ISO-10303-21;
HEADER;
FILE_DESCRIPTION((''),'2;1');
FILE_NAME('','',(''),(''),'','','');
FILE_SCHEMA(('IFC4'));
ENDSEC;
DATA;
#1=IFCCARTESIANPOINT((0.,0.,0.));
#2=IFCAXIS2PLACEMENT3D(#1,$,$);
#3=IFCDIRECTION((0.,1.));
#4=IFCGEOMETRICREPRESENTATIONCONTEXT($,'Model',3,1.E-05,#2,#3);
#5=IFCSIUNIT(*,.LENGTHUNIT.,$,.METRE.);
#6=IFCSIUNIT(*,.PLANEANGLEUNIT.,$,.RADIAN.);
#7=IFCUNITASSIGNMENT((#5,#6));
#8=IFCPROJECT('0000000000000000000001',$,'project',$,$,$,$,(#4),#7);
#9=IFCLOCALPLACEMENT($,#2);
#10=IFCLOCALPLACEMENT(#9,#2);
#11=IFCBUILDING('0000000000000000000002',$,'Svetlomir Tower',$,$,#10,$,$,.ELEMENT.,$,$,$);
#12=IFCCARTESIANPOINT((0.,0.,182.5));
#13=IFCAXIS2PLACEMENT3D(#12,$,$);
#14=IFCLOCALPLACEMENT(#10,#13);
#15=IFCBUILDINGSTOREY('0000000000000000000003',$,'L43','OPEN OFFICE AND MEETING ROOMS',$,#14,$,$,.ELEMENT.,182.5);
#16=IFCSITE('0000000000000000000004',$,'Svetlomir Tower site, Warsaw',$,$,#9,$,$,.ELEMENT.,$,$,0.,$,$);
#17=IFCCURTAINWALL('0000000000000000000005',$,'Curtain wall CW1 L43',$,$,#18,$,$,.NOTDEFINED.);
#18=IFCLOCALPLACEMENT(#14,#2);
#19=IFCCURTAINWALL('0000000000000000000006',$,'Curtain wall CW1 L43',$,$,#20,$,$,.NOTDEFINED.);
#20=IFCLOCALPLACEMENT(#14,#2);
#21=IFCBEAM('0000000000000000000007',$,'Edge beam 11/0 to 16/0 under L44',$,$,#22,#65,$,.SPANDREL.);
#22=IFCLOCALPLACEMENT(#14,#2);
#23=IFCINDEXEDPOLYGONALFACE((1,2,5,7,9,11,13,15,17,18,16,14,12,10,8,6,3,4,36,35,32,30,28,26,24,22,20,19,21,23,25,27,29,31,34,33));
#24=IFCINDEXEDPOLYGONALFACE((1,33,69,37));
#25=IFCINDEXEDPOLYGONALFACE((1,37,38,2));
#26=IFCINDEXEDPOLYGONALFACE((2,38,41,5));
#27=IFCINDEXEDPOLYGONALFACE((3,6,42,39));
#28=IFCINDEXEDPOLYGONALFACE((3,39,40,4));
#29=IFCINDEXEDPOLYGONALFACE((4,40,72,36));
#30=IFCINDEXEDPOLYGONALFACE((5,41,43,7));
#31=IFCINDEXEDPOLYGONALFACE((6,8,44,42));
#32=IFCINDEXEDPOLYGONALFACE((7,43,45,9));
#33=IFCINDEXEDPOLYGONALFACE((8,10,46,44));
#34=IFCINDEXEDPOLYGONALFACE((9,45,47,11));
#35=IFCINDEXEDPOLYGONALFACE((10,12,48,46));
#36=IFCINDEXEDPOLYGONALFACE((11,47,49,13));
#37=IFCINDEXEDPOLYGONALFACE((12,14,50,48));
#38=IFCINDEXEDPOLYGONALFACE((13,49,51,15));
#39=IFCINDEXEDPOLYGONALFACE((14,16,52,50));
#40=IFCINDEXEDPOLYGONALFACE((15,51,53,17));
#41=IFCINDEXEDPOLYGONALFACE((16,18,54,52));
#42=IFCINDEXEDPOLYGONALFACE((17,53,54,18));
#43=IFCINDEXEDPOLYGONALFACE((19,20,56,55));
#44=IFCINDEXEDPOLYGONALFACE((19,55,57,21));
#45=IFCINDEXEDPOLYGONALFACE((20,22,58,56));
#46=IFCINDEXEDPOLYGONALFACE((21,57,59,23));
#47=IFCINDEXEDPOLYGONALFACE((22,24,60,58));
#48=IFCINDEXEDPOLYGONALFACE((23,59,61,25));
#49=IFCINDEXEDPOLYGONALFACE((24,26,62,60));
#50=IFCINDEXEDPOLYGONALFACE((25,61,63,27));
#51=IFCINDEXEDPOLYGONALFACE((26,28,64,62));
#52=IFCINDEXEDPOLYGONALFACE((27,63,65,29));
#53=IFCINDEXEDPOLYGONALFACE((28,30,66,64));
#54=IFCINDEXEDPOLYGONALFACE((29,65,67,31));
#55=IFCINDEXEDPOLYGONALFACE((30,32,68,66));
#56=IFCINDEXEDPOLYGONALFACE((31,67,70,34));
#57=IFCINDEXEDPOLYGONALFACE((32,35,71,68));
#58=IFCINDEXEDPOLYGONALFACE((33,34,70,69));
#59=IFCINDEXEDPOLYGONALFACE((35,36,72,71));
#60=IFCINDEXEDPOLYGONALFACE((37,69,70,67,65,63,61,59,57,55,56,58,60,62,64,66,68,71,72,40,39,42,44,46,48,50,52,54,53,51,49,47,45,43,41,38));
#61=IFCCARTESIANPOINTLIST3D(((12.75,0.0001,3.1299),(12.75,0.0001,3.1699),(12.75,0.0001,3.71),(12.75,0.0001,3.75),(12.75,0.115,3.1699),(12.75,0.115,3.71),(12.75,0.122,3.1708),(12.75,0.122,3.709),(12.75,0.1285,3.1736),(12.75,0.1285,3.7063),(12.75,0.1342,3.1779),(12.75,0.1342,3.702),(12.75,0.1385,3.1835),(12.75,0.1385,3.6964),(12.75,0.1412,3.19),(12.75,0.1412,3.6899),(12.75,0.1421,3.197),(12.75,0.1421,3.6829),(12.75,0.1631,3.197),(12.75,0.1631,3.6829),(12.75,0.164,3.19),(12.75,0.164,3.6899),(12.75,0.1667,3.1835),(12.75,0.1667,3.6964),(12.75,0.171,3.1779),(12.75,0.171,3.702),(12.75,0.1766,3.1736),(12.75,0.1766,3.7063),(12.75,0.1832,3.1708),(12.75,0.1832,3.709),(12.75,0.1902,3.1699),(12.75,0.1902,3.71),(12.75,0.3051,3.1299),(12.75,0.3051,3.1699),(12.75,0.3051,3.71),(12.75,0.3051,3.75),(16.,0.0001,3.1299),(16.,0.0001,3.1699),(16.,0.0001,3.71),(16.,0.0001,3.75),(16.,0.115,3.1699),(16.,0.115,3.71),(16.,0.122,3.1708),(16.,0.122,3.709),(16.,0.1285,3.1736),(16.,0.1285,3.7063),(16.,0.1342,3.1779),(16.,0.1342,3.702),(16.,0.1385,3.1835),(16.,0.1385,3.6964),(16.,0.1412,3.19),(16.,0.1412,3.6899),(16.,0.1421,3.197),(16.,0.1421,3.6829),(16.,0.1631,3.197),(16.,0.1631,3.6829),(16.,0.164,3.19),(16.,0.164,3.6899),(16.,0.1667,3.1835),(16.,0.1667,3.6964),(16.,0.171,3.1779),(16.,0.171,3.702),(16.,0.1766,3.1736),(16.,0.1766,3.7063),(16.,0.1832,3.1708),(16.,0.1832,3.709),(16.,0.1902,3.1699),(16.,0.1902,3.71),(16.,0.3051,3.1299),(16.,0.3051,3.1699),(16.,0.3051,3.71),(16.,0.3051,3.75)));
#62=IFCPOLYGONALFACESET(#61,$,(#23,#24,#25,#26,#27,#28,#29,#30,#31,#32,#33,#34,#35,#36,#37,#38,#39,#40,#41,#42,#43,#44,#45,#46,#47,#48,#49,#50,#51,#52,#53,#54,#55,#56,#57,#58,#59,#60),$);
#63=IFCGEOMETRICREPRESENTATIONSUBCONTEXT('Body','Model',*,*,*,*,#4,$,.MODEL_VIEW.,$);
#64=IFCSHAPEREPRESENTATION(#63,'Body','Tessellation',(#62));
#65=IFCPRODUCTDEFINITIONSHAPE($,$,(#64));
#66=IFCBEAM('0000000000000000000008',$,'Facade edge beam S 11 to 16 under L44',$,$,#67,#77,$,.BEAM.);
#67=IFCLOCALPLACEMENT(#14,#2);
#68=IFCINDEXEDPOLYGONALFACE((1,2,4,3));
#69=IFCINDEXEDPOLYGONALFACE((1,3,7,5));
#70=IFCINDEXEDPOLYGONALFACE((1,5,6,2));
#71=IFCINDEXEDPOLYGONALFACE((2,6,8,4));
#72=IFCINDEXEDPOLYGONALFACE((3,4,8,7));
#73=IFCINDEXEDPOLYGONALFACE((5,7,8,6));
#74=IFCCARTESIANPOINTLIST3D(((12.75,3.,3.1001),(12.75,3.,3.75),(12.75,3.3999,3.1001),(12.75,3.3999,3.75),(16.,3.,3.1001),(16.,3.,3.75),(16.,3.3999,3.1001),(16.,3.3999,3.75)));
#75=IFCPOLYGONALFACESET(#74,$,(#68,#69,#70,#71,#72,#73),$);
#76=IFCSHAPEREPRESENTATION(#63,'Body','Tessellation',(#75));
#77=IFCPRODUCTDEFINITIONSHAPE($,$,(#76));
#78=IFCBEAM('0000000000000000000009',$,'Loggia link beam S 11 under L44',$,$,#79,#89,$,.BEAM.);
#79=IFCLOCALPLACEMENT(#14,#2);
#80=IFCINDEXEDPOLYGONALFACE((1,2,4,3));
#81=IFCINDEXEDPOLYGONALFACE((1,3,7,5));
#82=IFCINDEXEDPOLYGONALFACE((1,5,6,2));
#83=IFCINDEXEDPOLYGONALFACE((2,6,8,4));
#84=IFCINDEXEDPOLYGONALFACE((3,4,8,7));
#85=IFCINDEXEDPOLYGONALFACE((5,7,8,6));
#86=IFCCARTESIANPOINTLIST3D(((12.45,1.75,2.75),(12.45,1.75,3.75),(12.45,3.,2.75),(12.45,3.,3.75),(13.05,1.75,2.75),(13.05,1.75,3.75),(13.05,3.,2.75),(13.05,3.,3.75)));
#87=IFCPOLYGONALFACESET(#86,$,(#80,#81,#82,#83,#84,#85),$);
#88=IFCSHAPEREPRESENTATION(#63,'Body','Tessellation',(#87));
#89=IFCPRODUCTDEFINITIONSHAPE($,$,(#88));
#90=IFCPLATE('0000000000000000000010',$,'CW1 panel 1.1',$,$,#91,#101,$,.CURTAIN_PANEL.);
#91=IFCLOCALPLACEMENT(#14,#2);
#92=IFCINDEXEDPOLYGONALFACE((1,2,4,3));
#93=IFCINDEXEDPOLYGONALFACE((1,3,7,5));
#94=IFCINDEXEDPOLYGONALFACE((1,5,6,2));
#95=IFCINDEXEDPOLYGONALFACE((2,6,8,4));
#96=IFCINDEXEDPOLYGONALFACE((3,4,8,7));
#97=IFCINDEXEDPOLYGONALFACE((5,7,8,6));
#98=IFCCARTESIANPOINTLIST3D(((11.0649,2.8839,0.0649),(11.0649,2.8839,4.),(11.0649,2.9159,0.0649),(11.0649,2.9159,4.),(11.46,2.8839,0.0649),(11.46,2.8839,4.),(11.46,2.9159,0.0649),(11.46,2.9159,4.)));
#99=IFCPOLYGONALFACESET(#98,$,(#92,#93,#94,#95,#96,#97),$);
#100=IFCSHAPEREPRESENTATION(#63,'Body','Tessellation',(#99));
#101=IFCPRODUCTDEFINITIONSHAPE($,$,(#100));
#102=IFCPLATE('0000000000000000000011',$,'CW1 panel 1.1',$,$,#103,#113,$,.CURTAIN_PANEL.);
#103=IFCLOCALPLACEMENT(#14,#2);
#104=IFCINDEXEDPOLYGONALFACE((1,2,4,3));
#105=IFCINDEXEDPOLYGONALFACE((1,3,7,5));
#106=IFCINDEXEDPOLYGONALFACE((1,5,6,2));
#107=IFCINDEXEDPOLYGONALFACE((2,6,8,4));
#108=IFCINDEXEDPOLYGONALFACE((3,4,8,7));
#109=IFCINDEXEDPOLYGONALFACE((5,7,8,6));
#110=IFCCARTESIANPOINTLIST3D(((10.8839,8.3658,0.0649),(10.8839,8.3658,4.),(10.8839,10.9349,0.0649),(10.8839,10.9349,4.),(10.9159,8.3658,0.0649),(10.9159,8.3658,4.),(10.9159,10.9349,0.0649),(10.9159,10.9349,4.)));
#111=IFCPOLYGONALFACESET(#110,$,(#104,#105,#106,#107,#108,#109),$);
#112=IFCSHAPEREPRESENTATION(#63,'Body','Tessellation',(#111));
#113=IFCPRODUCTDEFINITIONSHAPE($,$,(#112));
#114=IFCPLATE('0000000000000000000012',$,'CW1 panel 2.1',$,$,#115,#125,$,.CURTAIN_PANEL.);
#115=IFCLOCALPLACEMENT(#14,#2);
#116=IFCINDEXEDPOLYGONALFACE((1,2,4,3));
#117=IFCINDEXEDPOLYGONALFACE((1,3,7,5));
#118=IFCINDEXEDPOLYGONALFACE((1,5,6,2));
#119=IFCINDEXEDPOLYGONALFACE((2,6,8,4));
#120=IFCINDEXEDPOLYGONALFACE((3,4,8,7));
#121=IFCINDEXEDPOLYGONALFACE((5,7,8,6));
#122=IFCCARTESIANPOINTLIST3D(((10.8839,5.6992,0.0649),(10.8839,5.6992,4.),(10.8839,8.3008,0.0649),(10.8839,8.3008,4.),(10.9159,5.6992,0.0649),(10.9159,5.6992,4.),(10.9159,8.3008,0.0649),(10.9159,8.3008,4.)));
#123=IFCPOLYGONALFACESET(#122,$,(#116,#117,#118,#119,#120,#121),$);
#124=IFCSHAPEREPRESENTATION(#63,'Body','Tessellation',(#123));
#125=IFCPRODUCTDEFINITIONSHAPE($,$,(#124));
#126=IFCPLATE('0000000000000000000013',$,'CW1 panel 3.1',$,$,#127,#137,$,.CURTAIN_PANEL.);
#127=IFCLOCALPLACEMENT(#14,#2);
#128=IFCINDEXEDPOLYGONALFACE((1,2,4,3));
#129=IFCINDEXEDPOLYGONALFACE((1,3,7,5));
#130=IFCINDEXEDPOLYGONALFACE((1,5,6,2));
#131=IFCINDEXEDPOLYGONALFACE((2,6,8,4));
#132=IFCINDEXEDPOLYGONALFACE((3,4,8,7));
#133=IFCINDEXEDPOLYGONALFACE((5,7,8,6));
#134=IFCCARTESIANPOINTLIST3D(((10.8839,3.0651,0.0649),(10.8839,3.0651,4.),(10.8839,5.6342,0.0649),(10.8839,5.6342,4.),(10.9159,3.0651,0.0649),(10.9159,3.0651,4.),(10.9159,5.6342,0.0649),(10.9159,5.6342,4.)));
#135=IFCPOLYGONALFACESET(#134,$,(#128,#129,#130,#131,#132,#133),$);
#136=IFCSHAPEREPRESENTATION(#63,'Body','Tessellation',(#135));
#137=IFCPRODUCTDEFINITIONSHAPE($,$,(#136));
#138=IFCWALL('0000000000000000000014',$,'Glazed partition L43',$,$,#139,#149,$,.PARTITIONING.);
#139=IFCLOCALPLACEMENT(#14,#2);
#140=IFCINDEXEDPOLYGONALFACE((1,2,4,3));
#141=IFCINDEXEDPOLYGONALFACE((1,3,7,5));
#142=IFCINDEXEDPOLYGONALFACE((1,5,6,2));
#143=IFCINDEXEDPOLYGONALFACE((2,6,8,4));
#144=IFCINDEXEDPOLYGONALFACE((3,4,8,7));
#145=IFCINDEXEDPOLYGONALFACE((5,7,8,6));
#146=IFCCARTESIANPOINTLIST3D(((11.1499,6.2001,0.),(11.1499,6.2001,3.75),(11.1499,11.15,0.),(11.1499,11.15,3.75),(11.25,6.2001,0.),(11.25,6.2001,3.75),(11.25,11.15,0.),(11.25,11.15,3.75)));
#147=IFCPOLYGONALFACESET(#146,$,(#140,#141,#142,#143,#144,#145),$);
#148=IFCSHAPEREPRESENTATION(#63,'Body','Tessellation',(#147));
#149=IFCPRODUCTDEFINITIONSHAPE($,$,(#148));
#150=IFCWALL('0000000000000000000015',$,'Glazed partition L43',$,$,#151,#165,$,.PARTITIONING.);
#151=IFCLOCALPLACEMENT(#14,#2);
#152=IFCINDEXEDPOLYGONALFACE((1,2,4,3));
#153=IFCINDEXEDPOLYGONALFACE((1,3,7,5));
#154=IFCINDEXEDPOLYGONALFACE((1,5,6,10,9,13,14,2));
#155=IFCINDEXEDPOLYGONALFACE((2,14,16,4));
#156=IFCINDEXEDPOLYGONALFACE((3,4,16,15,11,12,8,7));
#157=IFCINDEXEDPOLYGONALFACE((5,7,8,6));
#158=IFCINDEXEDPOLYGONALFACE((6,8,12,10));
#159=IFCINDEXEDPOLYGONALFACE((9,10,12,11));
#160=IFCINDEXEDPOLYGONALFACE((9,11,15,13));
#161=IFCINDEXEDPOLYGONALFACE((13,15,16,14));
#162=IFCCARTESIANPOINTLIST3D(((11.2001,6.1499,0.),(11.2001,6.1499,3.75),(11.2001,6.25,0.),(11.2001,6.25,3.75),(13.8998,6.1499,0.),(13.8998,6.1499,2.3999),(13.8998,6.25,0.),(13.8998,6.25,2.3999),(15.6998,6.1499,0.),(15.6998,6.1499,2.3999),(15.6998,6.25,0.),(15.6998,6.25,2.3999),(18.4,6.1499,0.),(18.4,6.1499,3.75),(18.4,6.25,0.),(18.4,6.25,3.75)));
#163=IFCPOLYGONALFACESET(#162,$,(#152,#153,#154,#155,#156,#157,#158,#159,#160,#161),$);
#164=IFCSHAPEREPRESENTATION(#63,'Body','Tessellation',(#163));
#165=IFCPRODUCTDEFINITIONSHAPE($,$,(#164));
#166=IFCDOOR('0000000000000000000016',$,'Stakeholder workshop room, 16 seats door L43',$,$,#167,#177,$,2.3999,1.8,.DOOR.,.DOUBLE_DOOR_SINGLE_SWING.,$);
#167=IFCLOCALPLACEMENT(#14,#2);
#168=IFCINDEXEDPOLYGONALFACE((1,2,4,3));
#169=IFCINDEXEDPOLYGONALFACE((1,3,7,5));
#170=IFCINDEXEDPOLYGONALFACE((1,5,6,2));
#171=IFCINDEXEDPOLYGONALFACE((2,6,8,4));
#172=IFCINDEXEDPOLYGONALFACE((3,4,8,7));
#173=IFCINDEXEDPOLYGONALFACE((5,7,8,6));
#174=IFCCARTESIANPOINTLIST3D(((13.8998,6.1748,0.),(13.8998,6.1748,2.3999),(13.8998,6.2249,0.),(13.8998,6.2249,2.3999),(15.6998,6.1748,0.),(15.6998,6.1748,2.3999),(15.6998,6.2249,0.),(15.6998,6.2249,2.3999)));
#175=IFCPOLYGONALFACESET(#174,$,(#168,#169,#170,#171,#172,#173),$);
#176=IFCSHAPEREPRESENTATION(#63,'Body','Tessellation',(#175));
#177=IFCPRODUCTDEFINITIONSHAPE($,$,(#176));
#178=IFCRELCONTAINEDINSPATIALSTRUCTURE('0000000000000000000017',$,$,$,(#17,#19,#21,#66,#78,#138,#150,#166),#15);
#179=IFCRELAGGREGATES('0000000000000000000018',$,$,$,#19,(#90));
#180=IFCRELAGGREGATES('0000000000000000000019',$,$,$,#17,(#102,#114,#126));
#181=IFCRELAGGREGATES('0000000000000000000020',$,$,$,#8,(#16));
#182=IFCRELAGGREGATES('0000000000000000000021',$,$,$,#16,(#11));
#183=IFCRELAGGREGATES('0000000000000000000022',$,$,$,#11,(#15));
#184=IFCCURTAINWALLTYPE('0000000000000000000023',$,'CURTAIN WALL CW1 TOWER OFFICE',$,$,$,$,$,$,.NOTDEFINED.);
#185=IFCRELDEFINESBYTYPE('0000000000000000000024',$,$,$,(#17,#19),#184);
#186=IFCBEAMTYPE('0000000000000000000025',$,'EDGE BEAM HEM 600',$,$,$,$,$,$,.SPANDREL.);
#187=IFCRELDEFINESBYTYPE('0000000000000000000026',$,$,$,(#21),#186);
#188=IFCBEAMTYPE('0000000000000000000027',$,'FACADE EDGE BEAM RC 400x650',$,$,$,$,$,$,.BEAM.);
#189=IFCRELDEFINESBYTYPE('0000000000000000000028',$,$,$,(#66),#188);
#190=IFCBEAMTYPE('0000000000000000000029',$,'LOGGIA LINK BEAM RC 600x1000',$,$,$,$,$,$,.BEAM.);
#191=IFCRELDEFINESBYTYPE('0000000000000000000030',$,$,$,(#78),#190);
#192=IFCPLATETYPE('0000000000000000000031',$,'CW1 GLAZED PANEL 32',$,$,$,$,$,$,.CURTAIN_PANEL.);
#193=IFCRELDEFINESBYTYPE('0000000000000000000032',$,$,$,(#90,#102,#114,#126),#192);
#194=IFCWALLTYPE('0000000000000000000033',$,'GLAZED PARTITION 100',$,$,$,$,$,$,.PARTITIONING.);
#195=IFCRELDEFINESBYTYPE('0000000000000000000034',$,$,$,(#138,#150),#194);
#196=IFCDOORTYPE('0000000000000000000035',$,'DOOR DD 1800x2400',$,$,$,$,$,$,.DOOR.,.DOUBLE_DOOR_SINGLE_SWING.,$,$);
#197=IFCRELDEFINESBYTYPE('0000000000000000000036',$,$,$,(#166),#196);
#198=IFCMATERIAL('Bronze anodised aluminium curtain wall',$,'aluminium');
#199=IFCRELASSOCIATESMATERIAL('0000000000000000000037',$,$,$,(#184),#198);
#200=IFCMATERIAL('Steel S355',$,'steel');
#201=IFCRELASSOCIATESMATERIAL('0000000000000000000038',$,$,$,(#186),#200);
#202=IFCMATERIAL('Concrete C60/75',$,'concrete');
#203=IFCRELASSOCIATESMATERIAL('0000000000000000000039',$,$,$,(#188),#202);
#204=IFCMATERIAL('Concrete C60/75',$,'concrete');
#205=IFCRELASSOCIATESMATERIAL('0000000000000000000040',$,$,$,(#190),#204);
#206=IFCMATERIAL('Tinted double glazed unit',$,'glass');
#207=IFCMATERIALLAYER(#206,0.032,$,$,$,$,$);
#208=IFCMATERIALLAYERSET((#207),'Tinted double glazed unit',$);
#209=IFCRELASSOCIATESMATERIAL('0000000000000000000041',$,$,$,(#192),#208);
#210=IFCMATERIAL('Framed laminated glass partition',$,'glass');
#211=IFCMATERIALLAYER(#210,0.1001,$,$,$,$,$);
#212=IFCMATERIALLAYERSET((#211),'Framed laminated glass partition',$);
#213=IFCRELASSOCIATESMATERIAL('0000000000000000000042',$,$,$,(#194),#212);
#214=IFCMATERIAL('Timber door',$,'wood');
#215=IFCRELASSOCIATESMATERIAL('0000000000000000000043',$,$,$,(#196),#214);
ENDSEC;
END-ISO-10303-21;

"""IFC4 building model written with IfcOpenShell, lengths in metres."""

from ifc_helpers import new_model, si_unit, direction, frame, frame_2d, origin, origin_2d, place, context, subcontext, project, spatial, rectangle, i_section, extrude, material, layer, layer_set, material_profile, profile_set, type_object, element, fill, aggregate, save


model = new_model("IFC4")

# Units and contexts
model_context = context("Model", 3, precision=1e-05, world=origin(), true_north=direction((0.0, 1.0)))
body_context = subcontext(model_context, "Body", "Model", "MODEL_VIEW")
ifc_project = project(units=[si_unit("LENGTHUNIT", "METRE"), si_unit("PLANEANGLEUNIT", "RADIAN")], contexts=[model_context])

# Site, building, storey
site_placement = place(None, origin())
site = spatial("IfcSite", under=ifc_project, at=site_placement, Name="Svetlomir Tower site, Warsaw", CompositionType="ELEMENT", RefElevation=0.0)
building_placement = place(site_placement, origin())
building = spatial("IfcBuilding", under=site, at=building_placement, Name="Svetlomir Tower", CompositionType="ELEMENT")
storey_placement = place(building_placement, frame((0.0, 0.0, 182.5)))
storey = spatial("IfcBuildingStorey", under=building, at=storey_placement, Name="L43", Description="OPEN OFFICE AND MEETING ROOMS", CompositionType="ELEMENT", Elevation=182.5)

# Curtain wall
ifc_material_1 = material(Name="Bronze anodised aluminium curtain wall", Category="aluminium")
curtain_wall_type = type_object("IfcCurtainWallType", Name="CURTAIN WALL CW1 TOWER OFFICE", PredefinedType="NOTDEFINED", material=ifc_material_1)
curtain_wall_1_placement = place(storey_placement, origin())
curtain_wall_1 = element("IfcCurtainWall", 1, at=curtain_wall_1_placement, inside=storey, type_object=curtain_wall_type, Name="Curtain wall CW1 L43", PredefinedType="NOTDEFINED")

# Curtain wall
curtain_wall_2_placement = place(storey_placement, origin())
curtain_wall_2 = element("IfcCurtainWall", 2, at=curtain_wall_2_placement, inside=storey, type_object=curtain_wall_type, Name="Curtain wall CW1 L43", PredefinedType="NOTDEFINED")

# Beams
ifc_material_2 = material(Name="Steel S355", Category="steel")
ifc_material_profile_1 = material_profile(ifc_material_2, i_section(OverallWidth=0.3049, OverallDepth=0.6201, WebThickness=0.021, FlangeThickness=0.04, FilletRadius=0.0271, at=origin_2d()), Name="HEM 600")
ifc_profile_set_1 = profile_set([ifc_material_profile_1], Name="Steel S355")
beam_type_1 = type_object("IfcBeamType", Name="EDGE BEAM HEM 600", PredefinedType="SPANDREL", material=ifc_profile_set_1)
beam_1_placement = place(storey_placement, frame((12.75, 0.1526, 3.4399), z_axis=(1.0, 0.0, 0.0), x_axis=(0.0, 1.0, 0.0)))
element("IfcBeam", 3, at=beam_1_placement, inside=storey, type_object=beam_type_1, Name="Edge beam 11/0 to 16/0 under L44", PredefinedType="SPANDREL", context=body_context, shape_type="SweptSolid", body=[
    extrude(i_section(OverallWidth=0.3049, OverallDepth=0.6201, WebThickness=0.021, FlangeThickness=0.04, FilletRadius=0.0271, at=origin_2d()), origin(), (0.0, 0.0, 1.0), 3.25),
])
ifc_material_3 = material(Name="Concrete C60/75", Category="concrete")
ifc_material_profile_2 = material_profile(ifc_material_3, rectangle(XDim=0.3999, YDim=0.6499, at=origin_2d()), Name="RC 400x650")
ifc_profile_set_2 = profile_set([ifc_material_profile_2], Name="Concrete C60/75")
beam_type_2 = type_object("IfcBeamType", Name="FACADE EDGE BEAM RC 400x650", PredefinedType="BEAM", material=ifc_profile_set_2)
beam_2_placement = place(storey_placement, frame((12.75, 3.2, 3.425), z_axis=(1.0, 0.0, 0.0), x_axis=(0.0, 1.0, 0.0)))
element("IfcBeam", 4, at=beam_2_placement, inside=storey, type_object=beam_type_2, Name="Facade edge beam S 11 to 16 under L44", PredefinedType="BEAM", context=body_context, shape_type="SweptSolid", body=[
    extrude(rectangle(XDim=0.3999, YDim=0.6499, at=origin_2d()), origin(), (0.0, 0.0, 1.0), 3.25),
])
ifc_material_4 = material(Name="Concrete C60/75", Category="concrete")
ifc_material_profile_3 = material_profile(ifc_material_4, rectangle(XDim=0.6001, YDim=1.0, at=origin_2d()), Name="RC 600x1000")
ifc_profile_set_3 = profile_set([ifc_material_profile_3], Name="Concrete C60/75")
beam_type_3 = type_object("IfcBeamType", Name="LOGGIA LINK BEAM RC 600x1000", PredefinedType="BEAM", material=ifc_profile_set_3)
beam_3_placement = place(storey_placement, frame((12.75, 1.75, 3.25), z_axis=(0.0, 1.0, 0.0), x_axis=(-1.0, 0.0, 0.0)))
element("IfcBeam", 5, at=beam_3_placement, inside=storey, type_object=beam_type_3, Name="Loggia link beam S 11 under L44", PredefinedType="BEAM", context=body_context, shape_type="SweptSolid", body=[
    extrude(rectangle(XDim=0.6001, YDim=1.0, at=origin_2d()), origin(), (0.0, 0.0, 1.0), 1.25),
])

# Plates
ifc_material_5 = material(Name="Tinted double glazed unit", Category="glass")
ifc_layer_1 = layer(ifc_material_5, 0.032)
ifc_layer_set_1 = layer_set([ifc_layer_1], Name="Tinted double glazed unit")
plate_type = type_object("IfcPlateType", Name="CW1 GLAZED PANEL 32", PredefinedType="CURTAIN_PANEL", material=ifc_layer_set_1)
plate_1_placement = place(storey_placement, frame((11.2625, 2.8999, 0.0649), z_axis=(0.0, 0.0, 1.0), x_axis=(1.0, 0.0, 0.0)))
plate_1 = element("IfcPlate", 6, at=plate_1_placement, type_object=plate_type, Name="CW1 panel 1.1", PredefinedType="CURTAIN_PANEL", context=body_context, shape_type="SweptSolid", body=[
    extrude(rectangle(XDim=0.395, YDim=0.032, at=origin_2d()), origin(), (0.0, 0.0, 1.0), 3.9351),
])
aggregate(curtain_wall_2, [plate_1])
plate_2_placement = place(storey_placement, frame((10.8999, 9.6504, 0.0649), z_axis=(0.0, 0.0, 1.0), x_axis=(0.0, -1.0, 0.0)))
plate_2 = element("IfcPlate", 7, at=plate_2_placement, type_object=plate_type, Name="CW1 panel 1.1", PredefinedType="CURTAIN_PANEL", context=body_context, shape_type="SweptSolid", body=[
    extrude(rectangle(XDim=2.5691, YDim=0.032, at=origin_2d()), origin(), (0.0, 0.0, 1.0), 3.9351),
])
plate_3_placement = place(storey_placement, frame((10.8999, 7.0, 0.0649), z_axis=(0.0, 0.0, 1.0), x_axis=(0.0, -1.0, 0.0)))
plate_3 = element("IfcPlate", 8, at=plate_3_placement, type_object=plate_type, Name="CW1 panel 2.1", PredefinedType="CURTAIN_PANEL", context=body_context, shape_type="SweptSolid", body=[
    extrude(rectangle(XDim=2.6016, YDim=0.032, at=origin_2d()), origin(), (0.0, 0.0, 1.0), 3.9351),
])
plate_4_placement = place(storey_placement, frame((10.8999, 4.3496, 0.0649), z_axis=(0.0, 0.0, 1.0), x_axis=(0.0, -1.0, 0.0)))
plate_4 = element("IfcPlate", 9, at=plate_4_placement, type_object=plate_type, Name="CW1 panel 3.1", PredefinedType="CURTAIN_PANEL", context=body_context, shape_type="SweptSolid", body=[
    extrude(rectangle(XDim=2.5691, YDim=0.032, at=origin_2d()), origin(), (0.0, 0.0, 1.0), 3.9351),
])
aggregate(curtain_wall_1, [plate_2, plate_3, plate_4])

# Wall
ifc_material_6 = material(Name="Framed laminated glass partition", Category="glass")
ifc_layer_2 = layer(ifc_material_6, 0.1001)
ifc_layer_set_2 = layer_set([ifc_layer_2], Name="Framed laminated glass partition")
wall_type = type_object("IfcWallType", Name="GLAZED PARTITION 100", PredefinedType="PARTITIONING", material=ifc_layer_set_2)
wall_1_placement = place(storey_placement, frame((11.2, 6.2, 0.0), z_axis=(0.0, 0.0, 1.0), x_axis=(0.0, 1.0, 0.0)))
element("IfcWall", 10, at=wall_1_placement, inside=storey, type_object=wall_type, Name="Glazed partition L43", PredefinedType="PARTITIONING", context=body_context, shape_type="SweptSolid", body=[
    extrude(rectangle(XDim=4.95, YDim=0.1001, at=frame_2d((2.4751, 0.0))), origin(), (0.0, 0.0, 1.0), 3.75),
])

# Wall, opening, door
wall_2_placement = place(storey_placement, frame((11.2, 6.2, 0.0), z_axis=(0.0, 0.0, 1.0), x_axis=(1.0, 0.0, 0.0)))
wall_2 = element("IfcWall", 11, at=wall_2_placement, inside=storey, type_object=wall_type, Name="Glazed partition L43", PredefinedType="PARTITIONING", context=body_context, shape_type="SweptSolid", body=[
    extrude(rectangle(XDim=7.2, YDim=0.1001, at=frame_2d((3.6001, 0.0))), origin(), (0.0, 0.0, 1.0), 3.75),
])
opening_placement = place(wall_2_placement, frame((2.7, 0.0, 0.0)))
opening = element("IfcOpeningElement", 12, at=opening_placement, cuts=wall_2, PredefinedType="OPENING", context=body_context, shape_type="SweptSolid", body=[
    extrude(rectangle(XDim=1.8, YDim=2.3999, at=frame_2d((0.8999, 1.2))), frame((0.0, 0.0601, 0.0), z_axis=(0.0, -1.0, 0.0), x_axis=(1.0, 0.0, 0.0)), (0.0, 0.0, 1.0), 0.1201),
])
ifc_material_7 = material(Name="Timber door", Category="wood")
door_type = type_object("IfcDoorType", Name="DOOR DD 1800x2400", OperationType="DOUBLE_DOOR_SINGLE_SWING", PredefinedType="DOOR", material=ifc_material_7)
door_placement = place(opening_placement, origin())
door = element("IfcDoor", 13, at=door_placement, inside=storey, type_object=door_type, Name="Stakeholder workshop room, 16 seats door L43", OperationType="DOUBLE_DOOR_SINGLE_SWING", OverallHeight=2.3999, OverallWidth=1.8, PredefinedType="DOOR", context=body_context, shape_type="SweptSolid", body=[
    extrude(rectangle(XDim=1.8, YDim=2.3999, at=frame_2d((0.8999, 1.2))), frame((0.0, 0.0249, 0.0), z_axis=(0.0, -1.0, 0.0), x_axis=(1.0, 0.0, 0.0)), (0.0, 0.0, 1.0), 0.05),
])
fill(opening, door)

save(model, "model.ifc")
